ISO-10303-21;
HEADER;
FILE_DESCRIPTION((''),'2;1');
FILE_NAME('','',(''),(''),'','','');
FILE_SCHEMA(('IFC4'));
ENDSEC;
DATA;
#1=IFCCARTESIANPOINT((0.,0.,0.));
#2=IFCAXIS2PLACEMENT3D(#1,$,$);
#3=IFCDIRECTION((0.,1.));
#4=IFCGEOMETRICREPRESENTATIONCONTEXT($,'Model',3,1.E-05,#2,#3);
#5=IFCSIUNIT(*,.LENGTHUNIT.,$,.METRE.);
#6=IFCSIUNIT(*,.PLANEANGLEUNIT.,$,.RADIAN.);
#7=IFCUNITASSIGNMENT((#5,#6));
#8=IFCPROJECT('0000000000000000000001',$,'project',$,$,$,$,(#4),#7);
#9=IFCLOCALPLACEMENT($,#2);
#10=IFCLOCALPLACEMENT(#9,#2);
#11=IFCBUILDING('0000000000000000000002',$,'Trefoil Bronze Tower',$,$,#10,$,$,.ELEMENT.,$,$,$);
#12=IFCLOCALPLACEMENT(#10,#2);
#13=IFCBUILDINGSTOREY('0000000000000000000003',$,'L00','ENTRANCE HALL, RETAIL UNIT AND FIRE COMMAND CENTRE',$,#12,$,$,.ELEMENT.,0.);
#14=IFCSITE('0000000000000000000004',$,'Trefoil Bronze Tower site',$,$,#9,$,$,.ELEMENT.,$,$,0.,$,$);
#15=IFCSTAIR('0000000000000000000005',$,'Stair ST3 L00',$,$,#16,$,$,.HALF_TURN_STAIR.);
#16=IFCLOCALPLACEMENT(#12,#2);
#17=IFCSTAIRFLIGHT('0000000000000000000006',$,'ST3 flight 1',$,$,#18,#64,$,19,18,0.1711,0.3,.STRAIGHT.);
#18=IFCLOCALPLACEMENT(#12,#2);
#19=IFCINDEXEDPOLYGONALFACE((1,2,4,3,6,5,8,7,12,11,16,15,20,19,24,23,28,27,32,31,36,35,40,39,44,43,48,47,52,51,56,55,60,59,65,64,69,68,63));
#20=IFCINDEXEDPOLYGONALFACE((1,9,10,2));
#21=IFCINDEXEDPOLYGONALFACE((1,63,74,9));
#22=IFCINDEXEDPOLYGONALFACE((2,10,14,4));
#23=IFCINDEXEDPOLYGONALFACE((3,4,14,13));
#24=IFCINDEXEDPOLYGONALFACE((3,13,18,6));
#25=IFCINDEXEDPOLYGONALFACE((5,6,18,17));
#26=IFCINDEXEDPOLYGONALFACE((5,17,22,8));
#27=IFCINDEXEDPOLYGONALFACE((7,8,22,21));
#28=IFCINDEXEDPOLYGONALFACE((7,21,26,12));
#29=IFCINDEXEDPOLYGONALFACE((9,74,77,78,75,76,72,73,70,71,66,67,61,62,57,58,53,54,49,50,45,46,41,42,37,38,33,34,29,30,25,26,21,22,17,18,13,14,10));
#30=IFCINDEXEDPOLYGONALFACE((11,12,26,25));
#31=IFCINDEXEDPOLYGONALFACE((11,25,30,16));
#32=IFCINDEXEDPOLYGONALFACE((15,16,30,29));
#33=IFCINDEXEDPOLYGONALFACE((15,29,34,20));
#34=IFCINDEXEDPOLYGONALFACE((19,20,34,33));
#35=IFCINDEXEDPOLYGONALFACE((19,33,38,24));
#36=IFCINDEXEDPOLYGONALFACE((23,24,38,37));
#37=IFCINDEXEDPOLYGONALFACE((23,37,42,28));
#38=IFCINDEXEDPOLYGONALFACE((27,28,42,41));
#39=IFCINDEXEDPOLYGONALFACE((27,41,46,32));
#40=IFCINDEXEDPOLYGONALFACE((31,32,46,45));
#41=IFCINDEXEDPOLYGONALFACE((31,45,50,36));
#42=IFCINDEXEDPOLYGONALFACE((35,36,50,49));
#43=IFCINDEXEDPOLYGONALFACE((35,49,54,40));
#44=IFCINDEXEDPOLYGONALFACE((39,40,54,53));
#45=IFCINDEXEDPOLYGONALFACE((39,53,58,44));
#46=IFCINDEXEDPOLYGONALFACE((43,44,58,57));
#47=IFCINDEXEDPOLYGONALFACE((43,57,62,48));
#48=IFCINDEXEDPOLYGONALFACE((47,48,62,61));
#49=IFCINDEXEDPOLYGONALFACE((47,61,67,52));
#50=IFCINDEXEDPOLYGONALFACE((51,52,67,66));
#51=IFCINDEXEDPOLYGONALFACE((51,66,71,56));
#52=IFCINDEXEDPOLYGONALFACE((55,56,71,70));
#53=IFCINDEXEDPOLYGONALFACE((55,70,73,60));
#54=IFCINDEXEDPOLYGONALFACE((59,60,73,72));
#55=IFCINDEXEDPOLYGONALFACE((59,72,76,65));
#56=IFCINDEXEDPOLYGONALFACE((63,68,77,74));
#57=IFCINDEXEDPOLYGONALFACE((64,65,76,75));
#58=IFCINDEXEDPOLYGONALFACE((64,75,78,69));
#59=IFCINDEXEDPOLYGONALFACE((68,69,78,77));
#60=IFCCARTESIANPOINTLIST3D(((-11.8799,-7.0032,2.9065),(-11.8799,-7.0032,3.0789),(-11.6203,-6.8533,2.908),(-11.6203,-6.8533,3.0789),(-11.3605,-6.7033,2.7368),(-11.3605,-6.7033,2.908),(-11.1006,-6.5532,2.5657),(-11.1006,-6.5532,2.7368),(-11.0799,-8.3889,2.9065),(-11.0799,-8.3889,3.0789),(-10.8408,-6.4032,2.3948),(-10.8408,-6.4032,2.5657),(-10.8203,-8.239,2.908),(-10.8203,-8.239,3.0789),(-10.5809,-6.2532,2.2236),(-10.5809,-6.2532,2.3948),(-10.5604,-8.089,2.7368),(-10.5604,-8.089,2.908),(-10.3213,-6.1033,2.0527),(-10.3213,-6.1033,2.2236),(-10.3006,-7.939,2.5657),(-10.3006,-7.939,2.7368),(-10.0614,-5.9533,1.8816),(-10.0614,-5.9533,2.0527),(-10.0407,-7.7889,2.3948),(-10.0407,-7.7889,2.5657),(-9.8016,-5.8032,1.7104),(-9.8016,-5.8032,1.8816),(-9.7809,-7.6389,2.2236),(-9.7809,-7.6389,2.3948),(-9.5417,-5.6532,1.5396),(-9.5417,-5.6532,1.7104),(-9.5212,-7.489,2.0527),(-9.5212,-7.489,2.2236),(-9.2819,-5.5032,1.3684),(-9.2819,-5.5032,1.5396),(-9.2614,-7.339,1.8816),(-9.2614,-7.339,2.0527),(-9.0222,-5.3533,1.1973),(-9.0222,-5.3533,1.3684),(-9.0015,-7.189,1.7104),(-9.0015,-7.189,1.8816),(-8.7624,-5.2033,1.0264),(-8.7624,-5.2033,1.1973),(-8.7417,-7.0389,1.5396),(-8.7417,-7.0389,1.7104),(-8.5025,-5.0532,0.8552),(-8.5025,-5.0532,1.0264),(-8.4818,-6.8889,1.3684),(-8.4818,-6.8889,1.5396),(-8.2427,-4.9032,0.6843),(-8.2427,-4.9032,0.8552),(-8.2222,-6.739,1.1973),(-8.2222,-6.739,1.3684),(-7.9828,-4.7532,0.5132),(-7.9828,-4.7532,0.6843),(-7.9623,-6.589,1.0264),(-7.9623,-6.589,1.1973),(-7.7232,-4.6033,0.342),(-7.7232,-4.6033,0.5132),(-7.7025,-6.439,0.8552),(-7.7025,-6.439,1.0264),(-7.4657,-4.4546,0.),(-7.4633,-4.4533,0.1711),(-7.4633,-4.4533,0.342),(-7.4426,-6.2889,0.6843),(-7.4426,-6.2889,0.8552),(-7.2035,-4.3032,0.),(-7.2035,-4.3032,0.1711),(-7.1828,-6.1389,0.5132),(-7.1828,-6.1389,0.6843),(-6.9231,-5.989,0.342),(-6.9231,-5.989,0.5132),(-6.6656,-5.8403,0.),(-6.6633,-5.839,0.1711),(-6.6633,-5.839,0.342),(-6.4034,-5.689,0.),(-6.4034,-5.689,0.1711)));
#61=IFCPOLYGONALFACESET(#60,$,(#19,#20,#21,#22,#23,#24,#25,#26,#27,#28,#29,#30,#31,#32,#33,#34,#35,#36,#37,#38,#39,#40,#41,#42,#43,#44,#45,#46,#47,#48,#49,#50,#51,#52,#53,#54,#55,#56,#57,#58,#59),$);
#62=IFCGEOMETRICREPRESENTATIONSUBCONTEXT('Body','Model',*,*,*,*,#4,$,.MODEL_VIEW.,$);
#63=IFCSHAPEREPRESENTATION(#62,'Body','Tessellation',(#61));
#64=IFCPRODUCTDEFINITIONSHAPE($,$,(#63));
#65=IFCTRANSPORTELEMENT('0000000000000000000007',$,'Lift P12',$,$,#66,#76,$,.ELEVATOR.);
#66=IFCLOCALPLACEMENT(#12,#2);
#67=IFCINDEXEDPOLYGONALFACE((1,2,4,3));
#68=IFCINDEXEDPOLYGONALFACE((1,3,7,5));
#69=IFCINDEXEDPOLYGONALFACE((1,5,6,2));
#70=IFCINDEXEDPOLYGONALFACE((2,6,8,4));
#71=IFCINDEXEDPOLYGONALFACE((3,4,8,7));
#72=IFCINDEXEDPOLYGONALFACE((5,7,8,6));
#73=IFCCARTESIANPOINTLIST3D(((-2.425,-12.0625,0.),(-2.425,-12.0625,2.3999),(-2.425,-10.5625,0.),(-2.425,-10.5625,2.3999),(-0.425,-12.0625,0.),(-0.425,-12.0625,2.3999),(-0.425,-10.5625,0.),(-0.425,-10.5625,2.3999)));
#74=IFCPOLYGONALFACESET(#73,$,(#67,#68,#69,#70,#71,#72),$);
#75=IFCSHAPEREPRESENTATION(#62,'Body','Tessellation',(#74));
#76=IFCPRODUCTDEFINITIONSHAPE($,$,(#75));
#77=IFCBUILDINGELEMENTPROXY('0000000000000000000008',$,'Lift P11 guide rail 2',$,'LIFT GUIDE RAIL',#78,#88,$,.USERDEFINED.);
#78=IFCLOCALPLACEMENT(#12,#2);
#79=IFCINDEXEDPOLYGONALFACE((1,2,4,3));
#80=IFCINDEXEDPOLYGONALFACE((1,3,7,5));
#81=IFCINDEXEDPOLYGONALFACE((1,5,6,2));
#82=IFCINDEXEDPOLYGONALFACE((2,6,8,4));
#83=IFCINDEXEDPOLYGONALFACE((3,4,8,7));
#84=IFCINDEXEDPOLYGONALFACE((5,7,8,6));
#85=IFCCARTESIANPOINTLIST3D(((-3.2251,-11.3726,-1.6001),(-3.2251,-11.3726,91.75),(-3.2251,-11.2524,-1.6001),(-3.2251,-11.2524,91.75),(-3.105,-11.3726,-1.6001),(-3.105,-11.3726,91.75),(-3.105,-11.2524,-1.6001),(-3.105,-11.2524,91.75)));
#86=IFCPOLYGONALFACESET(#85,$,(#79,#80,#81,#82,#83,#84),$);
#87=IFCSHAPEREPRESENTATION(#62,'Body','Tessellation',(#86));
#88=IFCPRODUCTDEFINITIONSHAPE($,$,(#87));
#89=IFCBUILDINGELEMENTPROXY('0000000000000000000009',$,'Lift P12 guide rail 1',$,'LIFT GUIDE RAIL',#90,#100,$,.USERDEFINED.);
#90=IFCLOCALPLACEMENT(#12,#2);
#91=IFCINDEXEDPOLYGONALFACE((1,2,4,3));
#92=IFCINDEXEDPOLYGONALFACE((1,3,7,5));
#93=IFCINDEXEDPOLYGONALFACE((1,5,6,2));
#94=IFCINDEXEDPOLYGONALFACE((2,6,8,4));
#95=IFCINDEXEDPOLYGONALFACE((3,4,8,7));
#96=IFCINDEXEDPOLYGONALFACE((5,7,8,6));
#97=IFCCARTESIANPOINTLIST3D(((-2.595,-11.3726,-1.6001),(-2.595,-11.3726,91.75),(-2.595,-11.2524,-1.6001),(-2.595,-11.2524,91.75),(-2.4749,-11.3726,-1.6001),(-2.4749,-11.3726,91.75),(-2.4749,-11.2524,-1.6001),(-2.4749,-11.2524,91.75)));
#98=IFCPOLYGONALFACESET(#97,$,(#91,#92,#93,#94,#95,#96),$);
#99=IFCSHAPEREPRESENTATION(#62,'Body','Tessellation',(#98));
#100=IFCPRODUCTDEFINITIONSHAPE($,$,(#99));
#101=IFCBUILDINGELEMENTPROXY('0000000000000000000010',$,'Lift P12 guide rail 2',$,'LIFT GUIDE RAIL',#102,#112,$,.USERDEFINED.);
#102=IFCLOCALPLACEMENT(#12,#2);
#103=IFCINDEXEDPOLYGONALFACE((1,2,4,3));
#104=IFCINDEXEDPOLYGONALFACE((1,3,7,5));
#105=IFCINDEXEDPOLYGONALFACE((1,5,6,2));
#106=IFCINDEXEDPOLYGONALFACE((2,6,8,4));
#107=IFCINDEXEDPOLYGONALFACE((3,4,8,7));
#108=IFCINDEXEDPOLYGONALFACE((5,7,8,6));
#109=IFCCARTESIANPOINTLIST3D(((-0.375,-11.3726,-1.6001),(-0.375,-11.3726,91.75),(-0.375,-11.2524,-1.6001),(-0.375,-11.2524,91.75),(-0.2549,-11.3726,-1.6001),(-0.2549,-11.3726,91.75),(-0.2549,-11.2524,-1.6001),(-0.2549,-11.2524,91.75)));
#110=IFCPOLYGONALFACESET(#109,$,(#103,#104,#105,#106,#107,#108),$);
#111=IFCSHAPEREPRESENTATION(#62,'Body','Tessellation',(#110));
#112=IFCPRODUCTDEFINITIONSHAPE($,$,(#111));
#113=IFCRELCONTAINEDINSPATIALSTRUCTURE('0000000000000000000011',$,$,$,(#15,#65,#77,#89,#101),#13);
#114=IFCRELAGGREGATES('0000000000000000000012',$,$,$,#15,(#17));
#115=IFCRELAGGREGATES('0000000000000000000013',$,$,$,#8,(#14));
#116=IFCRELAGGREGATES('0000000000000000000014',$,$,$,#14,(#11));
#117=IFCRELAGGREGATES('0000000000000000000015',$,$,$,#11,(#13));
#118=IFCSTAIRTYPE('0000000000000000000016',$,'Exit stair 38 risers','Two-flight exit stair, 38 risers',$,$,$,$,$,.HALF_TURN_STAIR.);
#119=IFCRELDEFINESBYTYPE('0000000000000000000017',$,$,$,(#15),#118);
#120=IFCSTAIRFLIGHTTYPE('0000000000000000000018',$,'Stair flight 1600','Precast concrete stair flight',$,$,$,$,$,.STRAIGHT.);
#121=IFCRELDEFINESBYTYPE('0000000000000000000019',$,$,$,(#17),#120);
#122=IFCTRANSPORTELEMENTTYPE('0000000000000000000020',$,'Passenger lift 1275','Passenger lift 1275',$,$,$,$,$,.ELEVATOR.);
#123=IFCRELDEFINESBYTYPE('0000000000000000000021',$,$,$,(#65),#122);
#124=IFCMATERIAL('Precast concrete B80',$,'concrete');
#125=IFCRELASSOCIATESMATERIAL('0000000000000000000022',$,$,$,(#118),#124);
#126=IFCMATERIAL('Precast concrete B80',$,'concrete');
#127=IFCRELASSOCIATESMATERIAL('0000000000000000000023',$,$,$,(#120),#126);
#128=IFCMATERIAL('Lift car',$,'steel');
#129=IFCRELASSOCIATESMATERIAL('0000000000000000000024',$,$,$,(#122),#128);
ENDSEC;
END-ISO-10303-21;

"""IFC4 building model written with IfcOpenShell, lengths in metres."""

from ifc_helpers import new_model, si_unit, direction, frame, origin, origin_2d, place, context, subcontext, project, spatial, polyline, rectangle, outline, extrude, material, type_object, element, aggregate, save


model = new_model("IFC4")

# Units and contexts
model_context = context("Model", 3, precision=1e-05, world=origin(), true_north=direction((0.0, 1.0)))
body_context = subcontext(model_context, "Body", "Model", "MODEL_VIEW")
ifc_project = project(units=[si_unit("LENGTHUNIT", "METRE"), si_unit("PLANEANGLEUNIT", "RADIAN")], contexts=[model_context])

# Site, building, storey
site_placement = place(None, origin())
site = spatial("IfcSite", under=ifc_project, at=site_placement, Name="Trefoil Bronze Tower site", CompositionType="ELEMENT", RefElevation=0.0)
building_placement = place(site_placement, origin())
building = spatial("IfcBuilding", under=site, at=building_placement, Name="Trefoil Bronze Tower", CompositionType="ELEMENT")
storey_placement = place(building_placement, origin())
storey = spatial("IfcBuildingStorey", under=building, at=storey_placement, Name="L00", Description="ENTRANCE HALL, RETAIL UNIT AND FIRE COMMAND CENTRE", CompositionType="ELEMENT", Elevation=0.0)

# Stair, stair flight
ifc_material_1 = material(Name="Precast concrete B80", Category="concrete")
stair_type = type_object("IfcStairType", Name="Exit stair 38 risers", Description="Two-flight exit stair, 38 risers", PredefinedType="HALF_TURN_STAIR", material=ifc_material_1)
stair_placement = place(storey_placement, origin())
stair = element("IfcStair", 1, at=stair_placement, inside=storey, type_object=stair_type, Name="Stair ST3 L00", PredefinedType="HALF_TURN_STAIR")
ifc_material_2 = material(Name="Precast concrete B80", Category="concrete")
stair_flight_type = type_object("IfcStairFlightType", Name="Stair flight 1600", Description="Precast concrete stair flight", PredefinedType="STRAIGHT", material=ifc_material_2)
stair_flight_placement = place(storey_placement, frame((-6.8035, -4.9961, 0.0), z_axis=(0.0, 0.0, 1.0), x_axis=(-0.866025, -0.5, 0.0)))
stair_flight = element("IfcStairFlight", 2, at=stair_flight_placement, type_object=stair_flight_type, Name="ST3 flight 1", NumberOfRisers=19, NumberOfTreads=18, PredefinedType="STRAIGHT", RiserHeight=0.1711, TreadLength=0.3, context=body_context, shape_type="SweptSolid", body=[
    extrude(outline(polyline([(0.0, 0.0), (0.0, 0.1711), (0.3, 0.1711), (0.3, 0.342), (0.6001, 0.342), (0.6001, 0.5132), (0.8999, 0.5132), (0.8999, 0.6843), (1.2, 0.6843), (1.2, 0.8552), (1.5, 0.8552), (1.5, 1.0264), (1.8, 1.0264), (1.8, 1.1973), (2.1001, 1.1973), (2.1001, 1.3684), (2.3999, 1.3684), (2.3999, 1.5396), (2.7, 1.5396), (2.7, 1.7104), (3.0, 1.7104), (3.0, 1.8816), (3.3, 1.8816), (3.3, 2.0527), (3.6001, 2.0527), (3.6001, 2.2236), (3.8999, 2.2236), (3.8999, 2.3948), (4.2, 2.3948), (4.2, 2.5657), (4.5, 2.5657), (4.5, 2.7368), (4.8, 2.7368), (4.8, 2.908), (5.1001, 2.908), (5.1001, 3.0789), (5.3999, 3.0789), (5.3999, 3.25), (5.3999, 2.9065), (0.3027, 0.0), (0.0, 0.0)])), frame((0.0, 0.8, 0.0), z_axis=(0.0, -1.0, 0.0), x_axis=(1.0, 0.0, 0.0)), (0.0, 0.0, 1.0), 1.6001),
])
aggregate(stair, [stair_flight])

# Transport element
ifc_material_3 = material(Name="Lift car", Category="steel")
transport_element_type = type_object("IfcTransportElementType", Name="Passenger lift 1275", Description="Passenger lift 1275", PredefinedType="ELEVATOR", material=ifc_material_3)
transport_element_placement = place(storey_placement, frame((-1.425, -11.3125, 0.0), z_axis=(0.0, 0.0, 1.0), x_axis=(1.0, 0.0, 0.0)))
element("IfcTransportElement", 3, at=transport_element_placement, inside=storey, type_object=transport_element_type, Name="Lift P12", PredefinedType="ELEVATOR", context=body_context, shape_type="SweptSolid", body=[
    extrude(rectangle(XDim=2.0, YDim=1.5, at=origin_2d()), origin(), (0.0, 0.0, 1.0), 2.3999),
])

# Building element proxies
for number, where, z_axis, x_axis, name in (
    (4, (-3.165, -11.3125, -1.6001), (0.0, 0.0, 1.0), (1.0, 0.0, 0.0), "Lift P11 guide rail 2"),
    (5, (-2.5349, -11.3125, -1.6001), (0.0, 0.0, 1.0), (1.0, 0.0, 0.0), "Lift P12 guide rail 1"),
    (6, (-0.3149, -11.3125, -1.6001), (0.0, 0.0, 1.0), (1.0, 0.0, 0.0), "Lift P12 guide rail 2"),
):
    element("IfcBuildingElementProxy", number, at=place(storey_placement, frame(where, z_axis=z_axis, x_axis=x_axis)), inside=storey, Name=name, ObjectType="LIFT GUIDE RAIL", PredefinedType="USERDEFINED", context=body_context, shape_type="SweptSolid", body=[
        extrude(rectangle(XDim=0.1201, YDim=0.1201, at=origin_2d()), origin(), (0.0, 0.0, 1.0), 93.3501),
    ])

save(model, "model.ifc")
